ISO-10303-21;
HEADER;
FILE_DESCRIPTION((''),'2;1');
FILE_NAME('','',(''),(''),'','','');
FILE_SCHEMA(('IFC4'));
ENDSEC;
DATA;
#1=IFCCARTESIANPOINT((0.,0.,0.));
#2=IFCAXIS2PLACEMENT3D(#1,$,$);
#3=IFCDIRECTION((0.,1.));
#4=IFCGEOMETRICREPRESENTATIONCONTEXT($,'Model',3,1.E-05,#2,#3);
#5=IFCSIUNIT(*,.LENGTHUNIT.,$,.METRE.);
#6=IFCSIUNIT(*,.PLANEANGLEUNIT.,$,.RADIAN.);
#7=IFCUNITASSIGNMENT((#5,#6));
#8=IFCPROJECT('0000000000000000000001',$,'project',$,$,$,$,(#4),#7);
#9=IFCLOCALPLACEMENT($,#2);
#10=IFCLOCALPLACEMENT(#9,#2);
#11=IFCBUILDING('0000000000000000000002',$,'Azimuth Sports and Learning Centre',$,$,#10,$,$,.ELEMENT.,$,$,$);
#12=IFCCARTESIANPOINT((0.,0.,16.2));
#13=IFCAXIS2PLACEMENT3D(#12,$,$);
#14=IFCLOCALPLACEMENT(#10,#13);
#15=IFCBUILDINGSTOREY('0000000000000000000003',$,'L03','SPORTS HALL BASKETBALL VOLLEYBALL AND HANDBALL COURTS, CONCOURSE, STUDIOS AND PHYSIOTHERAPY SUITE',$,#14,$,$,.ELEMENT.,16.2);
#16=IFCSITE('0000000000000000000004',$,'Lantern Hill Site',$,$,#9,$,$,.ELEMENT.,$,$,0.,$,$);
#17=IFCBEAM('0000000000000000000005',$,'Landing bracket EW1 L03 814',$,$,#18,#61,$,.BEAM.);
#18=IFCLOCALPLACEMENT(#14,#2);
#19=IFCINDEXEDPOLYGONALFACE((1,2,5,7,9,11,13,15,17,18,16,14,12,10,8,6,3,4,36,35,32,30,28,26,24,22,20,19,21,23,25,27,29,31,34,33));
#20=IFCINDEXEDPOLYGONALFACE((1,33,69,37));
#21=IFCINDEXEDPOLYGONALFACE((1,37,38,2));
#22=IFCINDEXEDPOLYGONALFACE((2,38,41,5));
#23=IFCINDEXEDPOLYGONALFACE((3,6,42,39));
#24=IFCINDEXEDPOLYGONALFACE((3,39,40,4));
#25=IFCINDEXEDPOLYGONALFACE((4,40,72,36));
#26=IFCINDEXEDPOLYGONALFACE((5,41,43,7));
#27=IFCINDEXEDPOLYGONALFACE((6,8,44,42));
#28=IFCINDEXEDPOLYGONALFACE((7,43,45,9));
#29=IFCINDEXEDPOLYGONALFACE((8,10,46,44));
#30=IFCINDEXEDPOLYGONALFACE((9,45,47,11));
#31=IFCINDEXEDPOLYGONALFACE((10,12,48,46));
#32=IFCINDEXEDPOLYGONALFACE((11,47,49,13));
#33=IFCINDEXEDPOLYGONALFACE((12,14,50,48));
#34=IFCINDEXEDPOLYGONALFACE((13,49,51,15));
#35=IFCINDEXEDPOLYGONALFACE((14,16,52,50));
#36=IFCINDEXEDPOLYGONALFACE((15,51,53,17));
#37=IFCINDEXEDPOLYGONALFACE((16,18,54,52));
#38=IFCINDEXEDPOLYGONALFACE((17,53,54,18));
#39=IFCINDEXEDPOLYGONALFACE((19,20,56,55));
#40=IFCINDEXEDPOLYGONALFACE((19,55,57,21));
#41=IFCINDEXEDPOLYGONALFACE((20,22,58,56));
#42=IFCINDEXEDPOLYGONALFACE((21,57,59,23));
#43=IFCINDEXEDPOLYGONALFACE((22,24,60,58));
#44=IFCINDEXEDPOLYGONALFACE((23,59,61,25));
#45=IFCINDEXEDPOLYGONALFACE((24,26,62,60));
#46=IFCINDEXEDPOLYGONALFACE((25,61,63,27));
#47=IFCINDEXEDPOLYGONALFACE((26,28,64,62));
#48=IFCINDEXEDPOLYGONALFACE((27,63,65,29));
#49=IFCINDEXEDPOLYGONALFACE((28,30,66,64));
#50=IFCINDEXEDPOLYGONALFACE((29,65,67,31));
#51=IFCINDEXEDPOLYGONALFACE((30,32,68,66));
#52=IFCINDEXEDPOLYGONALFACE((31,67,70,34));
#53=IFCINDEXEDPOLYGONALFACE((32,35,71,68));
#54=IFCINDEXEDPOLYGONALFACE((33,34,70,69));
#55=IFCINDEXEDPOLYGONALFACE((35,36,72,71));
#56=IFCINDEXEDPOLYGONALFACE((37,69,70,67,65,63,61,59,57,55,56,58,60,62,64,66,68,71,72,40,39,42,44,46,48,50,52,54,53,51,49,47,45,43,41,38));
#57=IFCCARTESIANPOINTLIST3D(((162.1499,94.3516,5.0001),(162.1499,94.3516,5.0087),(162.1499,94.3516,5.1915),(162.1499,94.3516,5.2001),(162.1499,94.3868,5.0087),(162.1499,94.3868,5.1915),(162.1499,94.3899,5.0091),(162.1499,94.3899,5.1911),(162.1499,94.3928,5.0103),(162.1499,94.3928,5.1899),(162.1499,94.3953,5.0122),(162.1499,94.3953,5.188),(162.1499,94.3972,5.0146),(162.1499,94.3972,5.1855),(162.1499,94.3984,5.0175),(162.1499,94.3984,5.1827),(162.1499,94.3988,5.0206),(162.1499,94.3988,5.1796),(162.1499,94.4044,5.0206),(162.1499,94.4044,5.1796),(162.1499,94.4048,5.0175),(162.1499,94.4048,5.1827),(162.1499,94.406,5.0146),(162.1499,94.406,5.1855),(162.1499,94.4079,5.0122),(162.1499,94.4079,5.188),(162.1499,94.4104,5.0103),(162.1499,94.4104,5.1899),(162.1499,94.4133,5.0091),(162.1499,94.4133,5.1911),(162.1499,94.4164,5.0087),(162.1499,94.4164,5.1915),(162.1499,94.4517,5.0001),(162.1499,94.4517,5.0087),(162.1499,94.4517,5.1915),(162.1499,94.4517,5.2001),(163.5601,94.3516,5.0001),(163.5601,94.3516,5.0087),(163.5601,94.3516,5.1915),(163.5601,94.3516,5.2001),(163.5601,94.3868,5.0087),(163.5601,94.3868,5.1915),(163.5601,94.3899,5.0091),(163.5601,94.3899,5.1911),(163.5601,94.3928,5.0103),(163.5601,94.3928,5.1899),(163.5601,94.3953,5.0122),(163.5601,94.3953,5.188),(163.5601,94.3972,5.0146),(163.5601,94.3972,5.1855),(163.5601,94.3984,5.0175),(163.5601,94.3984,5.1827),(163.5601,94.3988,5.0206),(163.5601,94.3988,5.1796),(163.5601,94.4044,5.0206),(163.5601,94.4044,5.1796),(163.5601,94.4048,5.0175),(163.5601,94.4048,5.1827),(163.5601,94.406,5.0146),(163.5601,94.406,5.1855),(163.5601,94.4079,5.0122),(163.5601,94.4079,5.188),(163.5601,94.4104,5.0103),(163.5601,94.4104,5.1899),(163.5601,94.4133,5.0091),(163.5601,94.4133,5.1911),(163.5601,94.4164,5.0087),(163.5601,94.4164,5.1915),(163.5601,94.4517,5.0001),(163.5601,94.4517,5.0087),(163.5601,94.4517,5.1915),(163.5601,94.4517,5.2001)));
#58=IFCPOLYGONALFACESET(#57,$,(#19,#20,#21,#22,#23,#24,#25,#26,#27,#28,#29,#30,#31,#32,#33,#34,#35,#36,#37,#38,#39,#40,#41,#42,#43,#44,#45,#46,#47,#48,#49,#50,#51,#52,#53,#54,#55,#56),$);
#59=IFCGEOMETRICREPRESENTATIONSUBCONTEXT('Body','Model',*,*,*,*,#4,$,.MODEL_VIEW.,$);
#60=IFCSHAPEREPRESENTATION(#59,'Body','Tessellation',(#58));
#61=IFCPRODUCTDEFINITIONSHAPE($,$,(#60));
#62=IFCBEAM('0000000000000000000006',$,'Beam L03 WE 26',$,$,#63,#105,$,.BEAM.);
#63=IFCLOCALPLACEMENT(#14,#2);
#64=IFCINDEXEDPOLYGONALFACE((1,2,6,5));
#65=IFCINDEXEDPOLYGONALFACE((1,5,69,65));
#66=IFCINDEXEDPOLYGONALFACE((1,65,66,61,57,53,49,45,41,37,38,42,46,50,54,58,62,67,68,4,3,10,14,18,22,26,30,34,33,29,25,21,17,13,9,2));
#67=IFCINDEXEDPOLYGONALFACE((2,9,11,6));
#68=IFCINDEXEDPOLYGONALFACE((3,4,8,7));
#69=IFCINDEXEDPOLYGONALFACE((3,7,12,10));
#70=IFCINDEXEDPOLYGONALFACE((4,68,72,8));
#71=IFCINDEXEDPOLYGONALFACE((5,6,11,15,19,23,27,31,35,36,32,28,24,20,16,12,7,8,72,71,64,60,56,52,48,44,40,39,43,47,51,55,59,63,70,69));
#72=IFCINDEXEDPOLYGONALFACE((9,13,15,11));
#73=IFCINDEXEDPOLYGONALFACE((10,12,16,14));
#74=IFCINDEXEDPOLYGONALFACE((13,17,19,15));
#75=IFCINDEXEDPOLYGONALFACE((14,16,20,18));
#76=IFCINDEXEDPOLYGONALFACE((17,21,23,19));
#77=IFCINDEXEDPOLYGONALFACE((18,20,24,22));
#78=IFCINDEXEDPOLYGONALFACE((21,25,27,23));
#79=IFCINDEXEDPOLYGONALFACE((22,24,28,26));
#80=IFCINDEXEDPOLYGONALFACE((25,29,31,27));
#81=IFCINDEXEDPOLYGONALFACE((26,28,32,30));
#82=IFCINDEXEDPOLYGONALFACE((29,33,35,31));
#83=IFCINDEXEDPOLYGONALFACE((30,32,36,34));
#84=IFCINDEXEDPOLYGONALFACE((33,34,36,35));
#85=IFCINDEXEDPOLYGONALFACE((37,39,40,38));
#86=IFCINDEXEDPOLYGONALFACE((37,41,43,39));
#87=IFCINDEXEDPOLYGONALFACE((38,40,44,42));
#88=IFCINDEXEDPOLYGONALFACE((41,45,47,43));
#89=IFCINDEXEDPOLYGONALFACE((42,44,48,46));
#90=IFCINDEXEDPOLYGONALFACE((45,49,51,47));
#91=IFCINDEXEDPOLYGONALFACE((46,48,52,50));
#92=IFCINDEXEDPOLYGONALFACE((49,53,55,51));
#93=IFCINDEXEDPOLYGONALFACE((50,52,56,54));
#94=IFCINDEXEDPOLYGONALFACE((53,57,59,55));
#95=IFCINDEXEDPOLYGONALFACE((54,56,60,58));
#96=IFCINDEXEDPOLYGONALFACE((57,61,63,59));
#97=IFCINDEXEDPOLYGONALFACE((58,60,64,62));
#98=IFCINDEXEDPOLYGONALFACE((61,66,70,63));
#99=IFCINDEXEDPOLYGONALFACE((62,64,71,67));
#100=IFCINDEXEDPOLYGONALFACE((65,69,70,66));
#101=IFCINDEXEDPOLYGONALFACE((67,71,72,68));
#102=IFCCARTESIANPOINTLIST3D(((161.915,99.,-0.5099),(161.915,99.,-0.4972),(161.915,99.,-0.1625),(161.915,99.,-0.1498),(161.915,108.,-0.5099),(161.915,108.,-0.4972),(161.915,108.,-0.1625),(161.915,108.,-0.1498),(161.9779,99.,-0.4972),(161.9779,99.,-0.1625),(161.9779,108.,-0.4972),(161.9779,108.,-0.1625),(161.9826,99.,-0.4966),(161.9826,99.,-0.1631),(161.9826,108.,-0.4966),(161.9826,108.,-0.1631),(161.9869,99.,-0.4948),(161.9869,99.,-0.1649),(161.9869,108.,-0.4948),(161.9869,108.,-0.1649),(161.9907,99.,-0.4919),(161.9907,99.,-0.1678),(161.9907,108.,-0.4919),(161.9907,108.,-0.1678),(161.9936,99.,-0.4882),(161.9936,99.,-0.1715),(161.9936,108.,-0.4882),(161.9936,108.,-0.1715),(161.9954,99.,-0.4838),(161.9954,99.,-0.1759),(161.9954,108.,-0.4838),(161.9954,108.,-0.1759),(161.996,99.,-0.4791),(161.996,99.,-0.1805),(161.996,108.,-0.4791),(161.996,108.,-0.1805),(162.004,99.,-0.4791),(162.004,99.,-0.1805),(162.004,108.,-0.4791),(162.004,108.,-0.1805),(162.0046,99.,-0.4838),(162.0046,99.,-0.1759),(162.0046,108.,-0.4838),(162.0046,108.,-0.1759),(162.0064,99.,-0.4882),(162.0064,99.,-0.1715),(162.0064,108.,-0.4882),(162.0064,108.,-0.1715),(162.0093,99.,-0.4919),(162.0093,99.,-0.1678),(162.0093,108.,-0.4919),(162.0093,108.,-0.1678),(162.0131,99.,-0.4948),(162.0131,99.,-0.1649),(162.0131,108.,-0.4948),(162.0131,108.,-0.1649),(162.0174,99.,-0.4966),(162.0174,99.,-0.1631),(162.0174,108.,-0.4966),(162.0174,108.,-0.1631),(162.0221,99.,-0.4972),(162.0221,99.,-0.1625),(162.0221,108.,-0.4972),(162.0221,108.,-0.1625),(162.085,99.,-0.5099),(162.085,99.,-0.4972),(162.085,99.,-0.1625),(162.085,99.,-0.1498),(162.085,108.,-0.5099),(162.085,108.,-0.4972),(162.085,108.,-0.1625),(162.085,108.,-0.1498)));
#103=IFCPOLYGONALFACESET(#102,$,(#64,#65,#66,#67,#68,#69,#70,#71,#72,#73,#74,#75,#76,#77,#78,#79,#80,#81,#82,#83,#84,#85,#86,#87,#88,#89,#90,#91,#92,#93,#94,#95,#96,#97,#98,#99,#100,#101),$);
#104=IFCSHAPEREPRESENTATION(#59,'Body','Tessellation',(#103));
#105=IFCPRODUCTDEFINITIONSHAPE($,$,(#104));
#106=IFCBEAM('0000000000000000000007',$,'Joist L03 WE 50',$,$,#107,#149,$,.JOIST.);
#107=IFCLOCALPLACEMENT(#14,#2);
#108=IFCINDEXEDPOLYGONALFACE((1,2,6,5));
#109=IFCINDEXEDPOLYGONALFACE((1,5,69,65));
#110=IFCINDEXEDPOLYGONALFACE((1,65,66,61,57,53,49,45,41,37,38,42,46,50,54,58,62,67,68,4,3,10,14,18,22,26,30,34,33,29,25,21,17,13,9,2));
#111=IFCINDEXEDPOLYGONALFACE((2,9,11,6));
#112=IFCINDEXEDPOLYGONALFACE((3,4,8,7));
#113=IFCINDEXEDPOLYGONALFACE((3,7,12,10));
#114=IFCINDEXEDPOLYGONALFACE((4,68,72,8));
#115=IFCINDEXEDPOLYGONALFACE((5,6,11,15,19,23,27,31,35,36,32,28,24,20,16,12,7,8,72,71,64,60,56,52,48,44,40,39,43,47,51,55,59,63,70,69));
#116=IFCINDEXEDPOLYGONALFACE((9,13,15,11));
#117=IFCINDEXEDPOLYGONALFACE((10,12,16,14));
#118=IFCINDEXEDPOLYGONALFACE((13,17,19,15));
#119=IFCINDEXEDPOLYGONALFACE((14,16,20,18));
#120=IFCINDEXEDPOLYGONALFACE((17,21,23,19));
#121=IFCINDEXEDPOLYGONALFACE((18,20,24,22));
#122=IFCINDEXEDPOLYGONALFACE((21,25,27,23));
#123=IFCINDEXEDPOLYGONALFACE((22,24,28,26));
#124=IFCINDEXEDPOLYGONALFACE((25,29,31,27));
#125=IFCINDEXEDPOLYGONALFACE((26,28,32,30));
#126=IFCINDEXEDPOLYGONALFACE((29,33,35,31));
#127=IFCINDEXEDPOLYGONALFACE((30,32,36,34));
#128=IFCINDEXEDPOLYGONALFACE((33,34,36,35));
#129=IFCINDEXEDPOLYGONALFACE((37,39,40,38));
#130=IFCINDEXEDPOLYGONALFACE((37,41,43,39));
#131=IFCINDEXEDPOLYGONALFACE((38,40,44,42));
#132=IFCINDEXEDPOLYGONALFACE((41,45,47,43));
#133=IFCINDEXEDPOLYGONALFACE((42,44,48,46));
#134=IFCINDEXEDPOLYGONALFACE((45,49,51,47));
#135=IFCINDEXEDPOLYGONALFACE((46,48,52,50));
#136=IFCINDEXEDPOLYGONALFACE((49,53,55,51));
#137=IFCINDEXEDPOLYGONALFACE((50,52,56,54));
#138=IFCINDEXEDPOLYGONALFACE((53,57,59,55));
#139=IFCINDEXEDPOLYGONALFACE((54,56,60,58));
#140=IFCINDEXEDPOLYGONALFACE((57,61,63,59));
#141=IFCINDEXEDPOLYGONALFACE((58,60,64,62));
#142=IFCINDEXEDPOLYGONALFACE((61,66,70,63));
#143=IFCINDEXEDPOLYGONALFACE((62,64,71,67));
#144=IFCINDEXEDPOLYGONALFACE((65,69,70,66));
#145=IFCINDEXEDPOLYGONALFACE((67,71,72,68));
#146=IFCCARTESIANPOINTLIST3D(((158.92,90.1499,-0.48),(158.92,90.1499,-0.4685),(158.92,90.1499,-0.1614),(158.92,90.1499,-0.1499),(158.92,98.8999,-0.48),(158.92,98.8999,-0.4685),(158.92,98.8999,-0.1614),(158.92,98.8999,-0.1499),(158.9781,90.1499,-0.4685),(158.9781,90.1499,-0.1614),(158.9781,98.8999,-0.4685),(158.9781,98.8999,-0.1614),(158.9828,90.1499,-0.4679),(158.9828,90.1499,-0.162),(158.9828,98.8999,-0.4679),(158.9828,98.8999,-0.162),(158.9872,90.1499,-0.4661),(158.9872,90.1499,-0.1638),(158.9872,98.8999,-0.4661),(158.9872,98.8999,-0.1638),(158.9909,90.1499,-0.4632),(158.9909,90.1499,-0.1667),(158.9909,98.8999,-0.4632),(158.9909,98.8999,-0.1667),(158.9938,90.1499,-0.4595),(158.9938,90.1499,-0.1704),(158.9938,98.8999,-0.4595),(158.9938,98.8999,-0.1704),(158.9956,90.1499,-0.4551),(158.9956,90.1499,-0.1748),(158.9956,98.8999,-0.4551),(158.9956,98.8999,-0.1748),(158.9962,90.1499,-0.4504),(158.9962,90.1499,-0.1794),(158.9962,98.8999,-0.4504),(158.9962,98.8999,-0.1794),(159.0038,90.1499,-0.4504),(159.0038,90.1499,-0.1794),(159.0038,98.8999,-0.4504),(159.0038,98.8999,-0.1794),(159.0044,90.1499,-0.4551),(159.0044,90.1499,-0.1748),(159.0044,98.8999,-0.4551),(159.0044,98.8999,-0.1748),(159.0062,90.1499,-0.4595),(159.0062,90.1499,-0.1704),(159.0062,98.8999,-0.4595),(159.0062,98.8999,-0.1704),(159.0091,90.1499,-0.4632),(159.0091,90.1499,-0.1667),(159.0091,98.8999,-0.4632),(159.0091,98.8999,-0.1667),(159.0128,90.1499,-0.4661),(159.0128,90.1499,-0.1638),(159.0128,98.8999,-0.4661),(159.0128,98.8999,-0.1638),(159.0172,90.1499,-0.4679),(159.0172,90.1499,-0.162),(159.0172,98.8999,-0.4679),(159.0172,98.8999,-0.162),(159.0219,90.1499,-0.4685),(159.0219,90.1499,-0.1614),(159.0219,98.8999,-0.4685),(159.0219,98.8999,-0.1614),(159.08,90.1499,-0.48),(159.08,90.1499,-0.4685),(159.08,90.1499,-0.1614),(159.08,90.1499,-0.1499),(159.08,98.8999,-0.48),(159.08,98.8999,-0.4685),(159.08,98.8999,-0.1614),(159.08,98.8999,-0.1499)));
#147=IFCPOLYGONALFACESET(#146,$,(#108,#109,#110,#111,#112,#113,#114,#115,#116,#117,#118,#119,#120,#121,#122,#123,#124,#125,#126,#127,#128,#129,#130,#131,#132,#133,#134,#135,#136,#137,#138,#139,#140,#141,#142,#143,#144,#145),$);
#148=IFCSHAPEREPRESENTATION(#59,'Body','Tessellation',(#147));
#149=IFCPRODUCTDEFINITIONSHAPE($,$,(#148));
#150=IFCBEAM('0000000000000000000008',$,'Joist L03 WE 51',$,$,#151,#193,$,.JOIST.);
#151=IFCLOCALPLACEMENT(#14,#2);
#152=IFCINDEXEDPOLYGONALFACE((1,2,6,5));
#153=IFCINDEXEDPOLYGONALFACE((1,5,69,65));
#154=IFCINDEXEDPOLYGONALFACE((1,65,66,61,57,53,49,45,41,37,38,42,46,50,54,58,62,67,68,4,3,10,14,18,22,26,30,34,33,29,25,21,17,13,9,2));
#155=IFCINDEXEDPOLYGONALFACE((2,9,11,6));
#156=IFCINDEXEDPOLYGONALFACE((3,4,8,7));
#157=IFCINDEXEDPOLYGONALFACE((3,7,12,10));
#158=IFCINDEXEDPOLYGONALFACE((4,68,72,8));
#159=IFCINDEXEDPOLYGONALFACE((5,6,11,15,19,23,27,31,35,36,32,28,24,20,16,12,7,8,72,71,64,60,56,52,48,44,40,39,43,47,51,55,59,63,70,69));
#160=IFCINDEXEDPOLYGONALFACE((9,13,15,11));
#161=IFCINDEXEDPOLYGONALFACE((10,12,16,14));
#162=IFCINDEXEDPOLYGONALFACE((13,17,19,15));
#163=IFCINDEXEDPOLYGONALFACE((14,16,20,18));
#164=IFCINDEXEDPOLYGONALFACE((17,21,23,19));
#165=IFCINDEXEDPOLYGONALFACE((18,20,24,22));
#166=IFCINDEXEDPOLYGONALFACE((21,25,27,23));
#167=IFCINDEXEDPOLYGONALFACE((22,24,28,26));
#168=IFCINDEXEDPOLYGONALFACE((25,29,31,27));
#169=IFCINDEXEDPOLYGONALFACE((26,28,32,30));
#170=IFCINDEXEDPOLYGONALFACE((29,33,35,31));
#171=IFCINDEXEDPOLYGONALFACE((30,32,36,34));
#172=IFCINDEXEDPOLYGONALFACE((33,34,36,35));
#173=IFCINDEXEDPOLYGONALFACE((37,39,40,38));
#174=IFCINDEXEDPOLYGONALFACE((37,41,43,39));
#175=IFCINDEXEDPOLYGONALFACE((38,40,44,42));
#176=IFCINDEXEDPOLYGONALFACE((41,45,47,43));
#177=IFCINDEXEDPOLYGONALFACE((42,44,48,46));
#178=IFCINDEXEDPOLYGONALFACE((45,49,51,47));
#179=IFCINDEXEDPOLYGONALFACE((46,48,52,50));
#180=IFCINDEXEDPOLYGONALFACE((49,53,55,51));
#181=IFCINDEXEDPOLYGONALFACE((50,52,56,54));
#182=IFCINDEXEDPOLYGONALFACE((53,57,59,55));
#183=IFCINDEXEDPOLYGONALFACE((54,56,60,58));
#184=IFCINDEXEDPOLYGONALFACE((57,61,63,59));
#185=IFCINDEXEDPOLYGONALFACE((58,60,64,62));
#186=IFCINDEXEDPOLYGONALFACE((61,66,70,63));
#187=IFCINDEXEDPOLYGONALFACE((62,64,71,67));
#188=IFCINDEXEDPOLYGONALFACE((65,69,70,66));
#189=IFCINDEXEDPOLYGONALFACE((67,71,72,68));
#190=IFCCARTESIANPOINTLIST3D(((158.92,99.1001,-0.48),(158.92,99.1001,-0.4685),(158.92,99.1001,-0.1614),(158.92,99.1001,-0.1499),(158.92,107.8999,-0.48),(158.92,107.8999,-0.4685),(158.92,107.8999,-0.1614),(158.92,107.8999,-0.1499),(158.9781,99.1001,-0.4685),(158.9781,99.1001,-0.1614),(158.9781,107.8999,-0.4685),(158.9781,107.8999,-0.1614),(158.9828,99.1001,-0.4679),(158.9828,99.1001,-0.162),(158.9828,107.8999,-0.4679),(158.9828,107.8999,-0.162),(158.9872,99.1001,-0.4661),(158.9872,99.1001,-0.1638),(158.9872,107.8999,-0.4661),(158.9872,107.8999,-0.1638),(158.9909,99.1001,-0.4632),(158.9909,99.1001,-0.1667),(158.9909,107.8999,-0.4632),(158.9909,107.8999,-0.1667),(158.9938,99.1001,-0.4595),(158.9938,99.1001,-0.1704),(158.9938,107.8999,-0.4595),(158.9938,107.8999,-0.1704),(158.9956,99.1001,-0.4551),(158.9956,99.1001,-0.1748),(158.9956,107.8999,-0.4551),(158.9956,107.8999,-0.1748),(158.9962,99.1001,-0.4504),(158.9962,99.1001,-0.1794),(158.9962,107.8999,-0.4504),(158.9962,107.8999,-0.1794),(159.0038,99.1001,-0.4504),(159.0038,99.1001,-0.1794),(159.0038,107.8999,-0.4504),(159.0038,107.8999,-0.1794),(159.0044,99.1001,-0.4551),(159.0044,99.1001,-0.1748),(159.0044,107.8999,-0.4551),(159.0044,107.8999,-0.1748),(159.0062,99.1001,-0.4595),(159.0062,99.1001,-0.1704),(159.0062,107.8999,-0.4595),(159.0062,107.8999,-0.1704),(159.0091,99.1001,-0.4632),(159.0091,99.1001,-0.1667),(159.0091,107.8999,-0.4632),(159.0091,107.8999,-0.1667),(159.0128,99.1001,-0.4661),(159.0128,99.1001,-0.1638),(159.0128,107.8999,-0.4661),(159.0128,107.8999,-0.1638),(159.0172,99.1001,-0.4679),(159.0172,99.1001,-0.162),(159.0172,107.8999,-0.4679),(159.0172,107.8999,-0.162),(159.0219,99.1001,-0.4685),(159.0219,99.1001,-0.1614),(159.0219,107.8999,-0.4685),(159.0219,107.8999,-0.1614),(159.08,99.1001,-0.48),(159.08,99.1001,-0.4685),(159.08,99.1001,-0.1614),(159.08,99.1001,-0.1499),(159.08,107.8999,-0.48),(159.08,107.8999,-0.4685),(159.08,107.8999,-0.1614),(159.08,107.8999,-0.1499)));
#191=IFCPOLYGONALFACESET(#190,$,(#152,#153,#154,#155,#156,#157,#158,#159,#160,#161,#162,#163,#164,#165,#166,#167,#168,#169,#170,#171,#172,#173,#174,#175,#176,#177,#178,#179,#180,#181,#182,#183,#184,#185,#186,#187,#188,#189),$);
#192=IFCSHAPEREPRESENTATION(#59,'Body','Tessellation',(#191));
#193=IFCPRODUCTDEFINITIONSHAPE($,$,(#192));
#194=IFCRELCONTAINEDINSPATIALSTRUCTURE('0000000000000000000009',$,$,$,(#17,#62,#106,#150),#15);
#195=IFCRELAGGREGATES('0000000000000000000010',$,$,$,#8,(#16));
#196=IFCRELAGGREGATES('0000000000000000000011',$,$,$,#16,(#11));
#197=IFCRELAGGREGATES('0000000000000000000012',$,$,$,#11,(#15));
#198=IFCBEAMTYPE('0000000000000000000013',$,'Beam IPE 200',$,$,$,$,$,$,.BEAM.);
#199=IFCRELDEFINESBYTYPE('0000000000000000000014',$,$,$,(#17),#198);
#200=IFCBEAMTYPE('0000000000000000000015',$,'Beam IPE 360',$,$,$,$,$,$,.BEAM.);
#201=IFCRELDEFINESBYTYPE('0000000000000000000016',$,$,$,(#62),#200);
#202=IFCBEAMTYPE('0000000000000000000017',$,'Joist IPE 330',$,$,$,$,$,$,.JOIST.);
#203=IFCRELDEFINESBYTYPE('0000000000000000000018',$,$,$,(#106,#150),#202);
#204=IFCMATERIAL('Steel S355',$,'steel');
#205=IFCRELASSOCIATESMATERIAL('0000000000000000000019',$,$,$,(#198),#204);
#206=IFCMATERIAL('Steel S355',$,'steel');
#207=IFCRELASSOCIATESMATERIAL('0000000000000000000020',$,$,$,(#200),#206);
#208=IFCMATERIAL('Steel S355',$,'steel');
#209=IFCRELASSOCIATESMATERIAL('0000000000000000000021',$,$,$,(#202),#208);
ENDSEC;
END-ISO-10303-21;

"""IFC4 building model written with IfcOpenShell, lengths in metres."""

from ifc_helpers import new_model, si_unit, direction, frame, origin, origin_2d, place, context, subcontext, project, spatial, i_section, extrude, material, material_profile, profile_set, type_object, element, save


model = new_model("IFC4")

# Units and contexts
model_context = context("Model", 3, precision=1e-05, world=origin(), true_north=direction((0.0, 1.0)))
body_context = subcontext(model_context, "Body", "Model", "MODEL_VIEW")
ifc_project = project(units=[si_unit("LENGTHUNIT", "METRE"), si_unit("PLANEANGLEUNIT", "RADIAN")], contexts=[model_context])

# Site, building, storey
site_placement = place(None, origin())
site = spatial("IfcSite", under=ifc_project, at=site_placement, Name="Lantern Hill Site", CompositionType="ELEMENT", RefElevation=0.0)
building_placement = place(site_placement, origin())
building = spatial("IfcBuilding", under=site, at=building_placement, Name="Azimuth Sports and Learning Centre", CompositionType="ELEMENT")
storey_placement = place(building_placement, frame((0.0, 0.0, 16.2)))
storey = spatial("IfcBuildingStorey", under=building, at=storey_placement, Name="L03", Description="SPORTS HALL BASKETBALL VOLLEYBALL AND HANDBALL COURTS, CONCOURSE, STUDIOS AND PHYSIOTHERAPY SUITE", CompositionType="ELEMENT", Elevation=16.2)

# Beams
ifc_material_1 = material(Name="Steel S355", Category="steel")
ifc_material_profile_1 = material_profile(ifc_material_1, i_section(OverallWidth=0.1001, OverallDepth=0.2, WebThickness=0.0056, FlangeThickness=0.0085, FilletRadius=0.012, at=origin_2d()), Name="IPE 200")
ifc_profile_set_1 = profile_set([ifc_material_profile_1], Name="Steel S355")
beam_type_1 = type_object("IfcBeamType", Name="Beam IPE 200", PredefinedType="BEAM", material=ifc_profile_set_1)
for number, where, z_axis, x_axis, name in (
    (1, (162.1499, 94.4016, 5.1001), (1.0, 0.0, 0.0), (0.0, 1.0, 0.0), "Landing bracket EW1 L03 814"),
):
    element("IfcBeam", number, at=place(storey_placement, frame(where, z_axis=z_axis, x_axis=x_axis)), inside=storey, type_object=beam_type_1, Name=name, PredefinedType="BEAM", context=body_context, shape_type="SweptSolid", body=[
        extrude(i_section(OverallWidth=0.1001, OverallDepth=0.2, WebThickness=0.0056, FlangeThickness=0.0085, FilletRadius=0.012, at=origin_2d()), origin(), (0.0, 0.0, 1.0), 1.4102),
    ])
ifc_material_2 = material(Name="Steel S355", Category="steel")
ifc_material_profile_2 = material_profile(ifc_material_2, i_section(OverallWidth=0.1699, OverallDepth=0.3601, WebThickness=0.0081, FlangeThickness=0.0127, FilletRadius=0.0181, at=origin_2d()), Name="IPE 360")
ifc_profile_set_2 = profile_set([ifc_material_profile_2], Name="Steel S355")
beam_type_2 = type_object("IfcBeamType", Name="Beam IPE 360", PredefinedType="BEAM", material=ifc_profile_set_2)
beam_1_placement = place(storey_placement, frame((162.0, 99.0, -0.3298), z_axis=(0.0, 1.0, 0.0), x_axis=(-1.0, 0.0, 0.0)))
element("IfcBeam", 2, at=beam_1_placement, inside=storey, type_object=beam_type_2, Name="Beam L03 WE 26", PredefinedType="BEAM", context=body_context, shape_type="SweptSolid", body=[
    extrude(i_section(OverallWidth=0.1699, OverallDepth=0.3601, WebThickness=0.0081, FlangeThickness=0.0127, FilletRadius=0.0181, at=origin_2d()), origin(), (0.0, 0.0, 1.0), 9.0),
])
ifc_material_3 = material(Name="Steel S355", Category="steel")
ifc_material_profile_3 = material_profile(ifc_material_3, i_section(OverallWidth=0.1599, OverallDepth=0.3301, WebThickness=0.0076, FlangeThickness=0.0115, FilletRadius=0.0181, at=origin_2d()), Name="IPE 330")
ifc_profile_set_3 = profile_set([ifc_material_profile_3], Name="Steel S355")
beam_type_3 = type_object("IfcBeamType", Name="Joist IPE 330", PredefinedType="JOIST", material=ifc_profile_set_3)
beam_2_placement = place(storey_placement, frame((159.0, 90.1499, -0.3149), z_axis=(0.0, 1.0, 0.0), x_axis=(-1.0, 0.0, 0.0)))
element("IfcBeam", 3, at=beam_2_placement, inside=storey, type_object=beam_type_3, Name="Joist L03 WE 50", PredefinedType="JOIST", context=body_context, shape_type="SweptSolid", body=[
    extrude(i_section(OverallWidth=0.1599, OverallDepth=0.3301, WebThickness=0.0076, FlangeThickness=0.0115, FilletRadius=0.0181, at=origin_2d()), origin(), (0.0, 0.0, 1.0), 8.75),
])
beam_3_placement = place(storey_placement, frame((159.0, 99.1001, -0.3149), z_axis=(0.0, 1.0, 0.0), x_axis=(-1.0, 0.0, 0.0)))
element("IfcBeam", 4, at=beam_3_placement, inside=storey, type_object=beam_type_3, Name="Joist L03 WE 51", PredefinedType="JOIST", context=body_context, shape_type="SweptSolid", body=[
    extrude(i_section(OverallWidth=0.1599, OverallDepth=0.3301, WebThickness=0.0076, FlangeThickness=0.0115, FilletRadius=0.0181, at=origin_2d()), origin(), (0.0, 0.0, 1.0), 8.7998),
])

save(model, "model.ifc")
